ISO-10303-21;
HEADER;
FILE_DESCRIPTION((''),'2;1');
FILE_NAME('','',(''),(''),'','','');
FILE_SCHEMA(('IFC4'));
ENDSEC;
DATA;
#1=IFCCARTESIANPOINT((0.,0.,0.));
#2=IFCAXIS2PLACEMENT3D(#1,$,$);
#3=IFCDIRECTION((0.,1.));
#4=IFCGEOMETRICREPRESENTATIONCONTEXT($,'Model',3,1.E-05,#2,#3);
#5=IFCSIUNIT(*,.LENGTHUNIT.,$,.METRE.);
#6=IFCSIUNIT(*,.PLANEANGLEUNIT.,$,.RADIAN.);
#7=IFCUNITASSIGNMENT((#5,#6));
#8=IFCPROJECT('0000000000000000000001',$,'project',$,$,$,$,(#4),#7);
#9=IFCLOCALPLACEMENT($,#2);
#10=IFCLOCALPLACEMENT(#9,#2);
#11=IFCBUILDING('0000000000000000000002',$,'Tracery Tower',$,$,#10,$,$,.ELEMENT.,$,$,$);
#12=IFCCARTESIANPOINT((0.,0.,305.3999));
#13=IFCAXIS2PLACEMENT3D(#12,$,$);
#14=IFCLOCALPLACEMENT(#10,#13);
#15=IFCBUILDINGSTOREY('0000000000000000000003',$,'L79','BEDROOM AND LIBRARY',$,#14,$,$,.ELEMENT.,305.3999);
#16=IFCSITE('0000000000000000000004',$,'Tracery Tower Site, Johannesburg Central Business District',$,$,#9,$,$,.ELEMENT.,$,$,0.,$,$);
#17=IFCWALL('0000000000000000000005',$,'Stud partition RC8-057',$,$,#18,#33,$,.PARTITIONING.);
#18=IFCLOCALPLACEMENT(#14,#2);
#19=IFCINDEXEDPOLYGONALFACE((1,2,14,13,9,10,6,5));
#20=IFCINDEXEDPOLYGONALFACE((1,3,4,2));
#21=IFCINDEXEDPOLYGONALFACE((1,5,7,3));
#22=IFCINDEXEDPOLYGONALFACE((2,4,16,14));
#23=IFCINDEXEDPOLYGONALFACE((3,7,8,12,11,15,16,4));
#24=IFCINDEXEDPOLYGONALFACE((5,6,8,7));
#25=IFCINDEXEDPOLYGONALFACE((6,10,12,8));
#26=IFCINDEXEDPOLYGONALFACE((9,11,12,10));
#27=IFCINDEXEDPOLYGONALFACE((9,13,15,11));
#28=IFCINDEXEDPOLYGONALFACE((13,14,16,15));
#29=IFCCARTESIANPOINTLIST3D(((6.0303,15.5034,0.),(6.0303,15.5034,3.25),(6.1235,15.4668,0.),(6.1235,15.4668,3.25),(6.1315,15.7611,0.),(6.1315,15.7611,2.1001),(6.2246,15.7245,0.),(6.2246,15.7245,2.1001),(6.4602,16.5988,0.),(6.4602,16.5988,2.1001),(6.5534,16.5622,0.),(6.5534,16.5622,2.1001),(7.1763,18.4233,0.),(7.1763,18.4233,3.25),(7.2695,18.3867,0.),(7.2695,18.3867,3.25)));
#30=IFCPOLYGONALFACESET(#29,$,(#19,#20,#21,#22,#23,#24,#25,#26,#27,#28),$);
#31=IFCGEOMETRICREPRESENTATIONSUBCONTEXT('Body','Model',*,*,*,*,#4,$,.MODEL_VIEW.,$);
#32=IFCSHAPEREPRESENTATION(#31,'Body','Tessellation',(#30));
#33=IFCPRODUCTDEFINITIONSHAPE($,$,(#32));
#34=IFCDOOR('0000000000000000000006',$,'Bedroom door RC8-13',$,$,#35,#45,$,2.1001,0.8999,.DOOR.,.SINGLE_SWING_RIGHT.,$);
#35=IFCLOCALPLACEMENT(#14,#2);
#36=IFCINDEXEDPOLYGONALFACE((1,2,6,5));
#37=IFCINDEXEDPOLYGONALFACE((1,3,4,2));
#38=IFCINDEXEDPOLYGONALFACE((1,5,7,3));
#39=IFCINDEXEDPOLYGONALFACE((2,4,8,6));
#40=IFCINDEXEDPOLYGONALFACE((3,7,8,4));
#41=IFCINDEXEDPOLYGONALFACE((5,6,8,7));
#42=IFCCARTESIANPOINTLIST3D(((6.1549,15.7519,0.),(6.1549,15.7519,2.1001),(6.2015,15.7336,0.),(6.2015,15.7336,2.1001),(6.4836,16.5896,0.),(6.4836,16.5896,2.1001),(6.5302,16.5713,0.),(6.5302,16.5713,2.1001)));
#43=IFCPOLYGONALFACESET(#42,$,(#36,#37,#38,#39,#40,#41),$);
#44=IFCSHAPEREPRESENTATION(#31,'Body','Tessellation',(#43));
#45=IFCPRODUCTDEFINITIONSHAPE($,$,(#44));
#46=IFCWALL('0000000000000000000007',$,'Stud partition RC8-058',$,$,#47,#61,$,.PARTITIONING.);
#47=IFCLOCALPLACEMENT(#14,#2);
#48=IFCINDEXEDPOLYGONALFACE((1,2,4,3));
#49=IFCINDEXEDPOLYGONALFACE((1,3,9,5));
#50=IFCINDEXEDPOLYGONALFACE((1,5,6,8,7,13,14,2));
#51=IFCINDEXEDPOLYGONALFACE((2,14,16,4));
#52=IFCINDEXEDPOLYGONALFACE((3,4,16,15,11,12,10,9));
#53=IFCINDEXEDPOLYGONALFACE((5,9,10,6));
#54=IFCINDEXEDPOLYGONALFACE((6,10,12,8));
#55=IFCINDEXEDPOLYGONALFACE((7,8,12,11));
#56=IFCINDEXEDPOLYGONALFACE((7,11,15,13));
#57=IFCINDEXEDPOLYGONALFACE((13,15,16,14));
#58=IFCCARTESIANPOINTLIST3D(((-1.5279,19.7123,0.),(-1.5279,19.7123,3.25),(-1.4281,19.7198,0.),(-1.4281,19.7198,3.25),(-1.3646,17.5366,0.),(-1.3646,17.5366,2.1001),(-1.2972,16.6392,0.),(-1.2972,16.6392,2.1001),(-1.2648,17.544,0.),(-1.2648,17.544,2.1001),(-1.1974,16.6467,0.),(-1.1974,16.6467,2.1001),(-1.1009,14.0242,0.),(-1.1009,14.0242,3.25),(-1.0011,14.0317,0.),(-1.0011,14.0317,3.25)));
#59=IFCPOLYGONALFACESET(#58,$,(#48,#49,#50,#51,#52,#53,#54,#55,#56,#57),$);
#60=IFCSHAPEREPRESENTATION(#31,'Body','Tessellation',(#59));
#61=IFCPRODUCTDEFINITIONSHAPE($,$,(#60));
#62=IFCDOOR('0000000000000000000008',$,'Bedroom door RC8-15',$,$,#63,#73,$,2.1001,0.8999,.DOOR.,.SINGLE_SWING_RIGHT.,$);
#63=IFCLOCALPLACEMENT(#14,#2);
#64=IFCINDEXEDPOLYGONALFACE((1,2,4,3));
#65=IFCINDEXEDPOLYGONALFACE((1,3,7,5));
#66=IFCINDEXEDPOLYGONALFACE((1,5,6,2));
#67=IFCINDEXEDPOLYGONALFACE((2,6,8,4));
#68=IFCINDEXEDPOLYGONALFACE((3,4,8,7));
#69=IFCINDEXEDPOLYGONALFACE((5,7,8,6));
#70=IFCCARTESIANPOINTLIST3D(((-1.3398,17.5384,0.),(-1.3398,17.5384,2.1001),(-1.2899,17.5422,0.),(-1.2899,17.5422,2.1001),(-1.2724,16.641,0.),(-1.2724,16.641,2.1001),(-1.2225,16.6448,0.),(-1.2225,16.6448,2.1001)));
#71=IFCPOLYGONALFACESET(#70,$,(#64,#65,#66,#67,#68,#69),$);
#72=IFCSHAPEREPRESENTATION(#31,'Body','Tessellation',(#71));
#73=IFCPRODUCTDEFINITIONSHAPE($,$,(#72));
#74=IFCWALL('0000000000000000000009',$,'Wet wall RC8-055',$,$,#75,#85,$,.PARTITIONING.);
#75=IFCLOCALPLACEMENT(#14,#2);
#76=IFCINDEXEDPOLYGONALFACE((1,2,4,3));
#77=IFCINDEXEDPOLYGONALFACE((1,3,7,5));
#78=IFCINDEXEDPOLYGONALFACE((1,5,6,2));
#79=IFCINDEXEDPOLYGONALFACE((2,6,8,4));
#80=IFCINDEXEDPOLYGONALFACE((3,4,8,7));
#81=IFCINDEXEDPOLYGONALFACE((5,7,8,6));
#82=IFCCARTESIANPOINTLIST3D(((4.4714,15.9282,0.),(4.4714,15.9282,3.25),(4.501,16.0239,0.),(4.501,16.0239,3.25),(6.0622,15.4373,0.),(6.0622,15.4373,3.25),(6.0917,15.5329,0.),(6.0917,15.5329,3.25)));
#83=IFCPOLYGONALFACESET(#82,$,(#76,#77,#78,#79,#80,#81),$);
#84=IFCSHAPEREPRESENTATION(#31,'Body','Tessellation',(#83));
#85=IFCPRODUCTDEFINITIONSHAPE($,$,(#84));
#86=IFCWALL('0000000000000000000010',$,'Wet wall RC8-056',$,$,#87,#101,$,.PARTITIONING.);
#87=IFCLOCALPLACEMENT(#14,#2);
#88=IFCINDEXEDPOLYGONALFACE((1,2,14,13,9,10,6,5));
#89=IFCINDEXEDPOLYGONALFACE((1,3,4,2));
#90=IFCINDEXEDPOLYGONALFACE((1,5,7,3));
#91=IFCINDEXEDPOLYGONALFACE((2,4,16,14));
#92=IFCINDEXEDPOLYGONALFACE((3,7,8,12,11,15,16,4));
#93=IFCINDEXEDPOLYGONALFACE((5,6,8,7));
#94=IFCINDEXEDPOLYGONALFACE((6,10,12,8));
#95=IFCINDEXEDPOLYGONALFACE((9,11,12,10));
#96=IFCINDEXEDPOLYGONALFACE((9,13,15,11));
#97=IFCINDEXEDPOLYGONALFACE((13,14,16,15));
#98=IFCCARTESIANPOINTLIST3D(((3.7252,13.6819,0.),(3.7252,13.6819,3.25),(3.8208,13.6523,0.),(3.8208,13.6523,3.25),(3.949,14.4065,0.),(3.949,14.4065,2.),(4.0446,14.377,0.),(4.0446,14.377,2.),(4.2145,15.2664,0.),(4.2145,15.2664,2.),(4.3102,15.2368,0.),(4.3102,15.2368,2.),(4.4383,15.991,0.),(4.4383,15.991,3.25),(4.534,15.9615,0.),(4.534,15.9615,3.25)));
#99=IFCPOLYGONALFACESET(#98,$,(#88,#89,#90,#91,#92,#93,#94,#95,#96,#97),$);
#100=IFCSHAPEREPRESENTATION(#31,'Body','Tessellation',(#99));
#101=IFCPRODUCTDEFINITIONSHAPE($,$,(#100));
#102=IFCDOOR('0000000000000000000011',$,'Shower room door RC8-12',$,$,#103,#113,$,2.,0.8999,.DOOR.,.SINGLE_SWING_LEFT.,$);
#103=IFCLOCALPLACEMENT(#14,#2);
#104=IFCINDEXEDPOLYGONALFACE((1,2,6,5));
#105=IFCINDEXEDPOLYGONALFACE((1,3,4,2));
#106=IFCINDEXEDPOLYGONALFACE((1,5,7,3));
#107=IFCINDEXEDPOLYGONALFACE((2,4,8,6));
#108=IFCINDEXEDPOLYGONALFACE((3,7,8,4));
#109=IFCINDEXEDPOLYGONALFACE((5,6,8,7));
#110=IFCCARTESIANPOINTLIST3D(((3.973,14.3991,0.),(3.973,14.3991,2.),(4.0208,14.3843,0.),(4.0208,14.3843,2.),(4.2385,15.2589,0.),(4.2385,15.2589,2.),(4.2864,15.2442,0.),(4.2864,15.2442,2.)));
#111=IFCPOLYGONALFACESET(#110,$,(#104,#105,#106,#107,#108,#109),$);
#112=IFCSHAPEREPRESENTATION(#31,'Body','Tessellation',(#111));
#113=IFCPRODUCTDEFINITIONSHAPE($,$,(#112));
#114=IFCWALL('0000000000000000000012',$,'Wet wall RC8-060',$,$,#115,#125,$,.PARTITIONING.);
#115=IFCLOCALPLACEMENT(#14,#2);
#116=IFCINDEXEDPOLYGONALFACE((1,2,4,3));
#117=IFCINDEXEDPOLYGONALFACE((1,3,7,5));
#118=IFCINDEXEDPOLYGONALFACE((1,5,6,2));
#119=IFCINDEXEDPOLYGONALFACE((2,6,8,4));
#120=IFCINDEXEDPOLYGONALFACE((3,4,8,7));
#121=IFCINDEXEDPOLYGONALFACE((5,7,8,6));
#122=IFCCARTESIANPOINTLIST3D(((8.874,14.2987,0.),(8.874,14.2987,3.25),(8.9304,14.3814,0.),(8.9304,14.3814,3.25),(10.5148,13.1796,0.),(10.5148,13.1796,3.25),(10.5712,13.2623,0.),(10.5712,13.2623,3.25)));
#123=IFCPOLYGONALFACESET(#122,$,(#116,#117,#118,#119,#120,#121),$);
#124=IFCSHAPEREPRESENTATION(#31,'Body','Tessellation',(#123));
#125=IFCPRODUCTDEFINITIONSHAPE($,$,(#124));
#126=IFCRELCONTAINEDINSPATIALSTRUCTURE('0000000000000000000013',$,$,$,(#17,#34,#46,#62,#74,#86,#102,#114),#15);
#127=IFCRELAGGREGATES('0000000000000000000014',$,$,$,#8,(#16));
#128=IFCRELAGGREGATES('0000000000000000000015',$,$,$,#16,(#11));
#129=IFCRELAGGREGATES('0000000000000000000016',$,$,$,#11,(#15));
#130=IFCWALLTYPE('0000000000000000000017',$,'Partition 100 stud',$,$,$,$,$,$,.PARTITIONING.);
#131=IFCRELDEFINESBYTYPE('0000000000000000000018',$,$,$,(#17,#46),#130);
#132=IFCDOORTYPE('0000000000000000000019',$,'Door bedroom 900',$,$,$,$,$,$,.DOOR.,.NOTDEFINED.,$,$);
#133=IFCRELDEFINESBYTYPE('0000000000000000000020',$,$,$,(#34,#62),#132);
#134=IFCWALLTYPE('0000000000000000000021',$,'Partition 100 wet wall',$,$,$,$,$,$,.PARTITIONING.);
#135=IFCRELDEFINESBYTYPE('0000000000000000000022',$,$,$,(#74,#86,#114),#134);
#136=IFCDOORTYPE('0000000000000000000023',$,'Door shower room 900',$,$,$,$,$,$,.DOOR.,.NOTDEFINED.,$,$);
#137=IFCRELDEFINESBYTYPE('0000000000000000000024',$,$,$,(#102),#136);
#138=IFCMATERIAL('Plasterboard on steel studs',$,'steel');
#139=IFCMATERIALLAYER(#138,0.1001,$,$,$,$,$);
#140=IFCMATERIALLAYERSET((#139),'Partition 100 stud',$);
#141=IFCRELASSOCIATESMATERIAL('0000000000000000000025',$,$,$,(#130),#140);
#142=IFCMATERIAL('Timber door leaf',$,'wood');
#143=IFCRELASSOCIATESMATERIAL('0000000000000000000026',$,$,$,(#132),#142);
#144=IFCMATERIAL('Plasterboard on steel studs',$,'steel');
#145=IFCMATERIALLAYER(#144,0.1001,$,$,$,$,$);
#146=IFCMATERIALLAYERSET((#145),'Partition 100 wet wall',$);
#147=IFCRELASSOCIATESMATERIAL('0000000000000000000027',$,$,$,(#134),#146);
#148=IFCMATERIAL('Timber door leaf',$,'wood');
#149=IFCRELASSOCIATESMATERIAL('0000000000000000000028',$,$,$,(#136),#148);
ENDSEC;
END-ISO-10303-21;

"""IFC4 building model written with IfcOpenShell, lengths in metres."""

from ifc_helpers import new_model, si_unit, direction, frame, frame_2d, origin, place, context, subcontext, project, spatial, rectangle, extrude, material, layer, layer_set, type_object, element, fill, save


model = new_model("IFC4")

# Units and contexts
model_context = context("Model", 3, precision=1e-05, world=origin(), true_north=direction((0.0, 1.0)))
body_context = subcontext(model_context, "Body", "Model", "MODEL_VIEW")
ifc_project = project(units=[si_unit("LENGTHUNIT", "METRE"), si_unit("PLANEANGLEUNIT", "RADIAN")], contexts=[model_context])

# Site, building, storey
site_placement = place(None, origin())
site = spatial("IfcSite", under=ifc_project, at=site_placement, Name="Tracery Tower Site, Johannesburg Central Business District", CompositionType="ELEMENT", RefElevation=0.0)
building_placement = place(site_placement, origin())
building = spatial("IfcBuilding", under=site, at=building_placement, Name="Tracery Tower", CompositionType="ELEMENT")
storey_placement = place(building_placement, frame((0.0, 0.0, 305.3999)))
storey = spatial("IfcBuildingStorey", under=building, at=storey_placement, Name="L79", Description="BEDROOM AND LIBRARY", CompositionType="ELEMENT", Elevation=305.3999)

# Walls, openings, doors
ifc_material_1 = material(Name="Plasterboard on steel studs", Category="steel")
ifc_layer_1 = layer(ifc_material_1, 0.1001)
ifc_layer_set_1 = layer_set([ifc_layer_1], Name="Partition 100 stud")
wall_type_1 = type_object("IfcWallType", Name="Partition 100 stud", PredefinedType="PARTITIONING", material=ifc_layer_set_1)
wall_1_placement = place(storey_placement, frame((6.0769, 15.4851, 0.0), z_axis=(0.0, 0.0, 1.0), x_axis=(0.365344, 0.930873, 0.0)))
wall_1 = element("IfcWall", 1, at=wall_1_placement, inside=storey, type_object=wall_type_1, Name="Stud partition RC8-057", PredefinedType="PARTITIONING", context=body_context, shape_type="SweptSolid", body=[
    extrude(rectangle(XDim=3.1367, YDim=0.1001, at=frame_2d((1.5684, 0.0))), origin(), (0.0, 0.0, 1.0), 3.25),
])
opening_1_placement = place(wall_1_placement, frame((0.2769, 0.0, 0.0)))
opening_1 = element("IfcOpeningElement", 2, at=opening_1_placement, cuts=wall_1, PredefinedType="OPENING", context=body_context, shape_type="SweptSolid", body=[
    extrude(rectangle(XDim=0.8999, YDim=2.1001, at=frame_2d((0.45, 1.05))), frame((0.0, 0.05, 0.0), z_axis=(0.0, -1.0, 0.0), x_axis=(1.0, 0.0, 0.0)), (0.0, 0.0, 1.0), 0.1001),
])
ifc_material_2 = material(Name="Timber door leaf", Category="wood")
door_type_1 = type_object("IfcDoorType", Name="Door bedroom 900", OperationType="NOTDEFINED", PredefinedType="DOOR", material=ifc_material_2)
door_1_placement = place(opening_1_placement, origin())
door_1 = element("IfcDoor", 3, at=door_1_placement, inside=storey, type_object=door_type_1, Name="Bedroom door RC8-13", OperationType="SINGLE_SWING_RIGHT", OverallHeight=2.1001, OverallWidth=0.8999, PredefinedType="DOOR", context=body_context, shape_type="SweptSolid", body=[
    extrude(rectangle(XDim=0.8999, YDim=2.1001, at=frame_2d((0.45, 1.05))), frame((0.0, 0.0249, 0.0), z_axis=(0.0, -1.0, 0.0), x_axis=(1.0, 0.0, 0.0)), (0.0, 0.0, 1.0), 0.05),
])
fill(opening_1, door_1)
wall_2_placement = place(storey_placement, frame((-1.478, 19.7161, 0.0), z_axis=(0.0, 0.0, 1.0), x_axis=(0.07486, -0.997194, 0.0)))
wall_2 = element("IfcWall", 4, at=wall_2_placement, inside=storey, type_object=wall_type_1, Name="Stud partition RC8-058", PredefinedType="PARTITIONING", context=body_context, shape_type="SweptSolid", body=[
    extrude(rectangle(XDim=5.7041, YDim=0.1001, at=frame_2d((2.8521, 0.0))), origin(), (0.0, 0.0, 1.0), 3.25),
])
opening_2_placement = place(wall_2_placement, frame((2.1819, 0.0, 0.0)))
opening_2 = element("IfcOpeningElement", 5, at=opening_2_placement, cuts=wall_2, PredefinedType="OPENING", context=body_context, shape_type="SweptSolid", body=[
    extrude(rectangle(XDim=0.8999, YDim=2.1001, at=frame_2d((0.45, 1.05))), frame((0.0, 0.05, 0.0), z_axis=(0.0, -1.0, 0.0), x_axis=(1.0, 0.0, 0.0)), (0.0, 0.0, 1.0), 0.1001),
])
door_2_placement = place(opening_2_placement, origin())
door_2 = element("IfcDoor", 6, at=door_2_placement, inside=storey, type_object=door_type_1, Name="Bedroom door RC8-15", OperationType="SINGLE_SWING_RIGHT", OverallHeight=2.1001, OverallWidth=0.8999, PredefinedType="DOOR", context=body_context, shape_type="SweptSolid", body=[
    extrude(rectangle(XDim=0.8999, YDim=2.1001, at=frame_2d((0.45, 1.05))), frame((0.0, 0.0249, 0.0), z_axis=(0.0, -1.0, 0.0), x_axis=(1.0, 0.0, 0.0)), (0.0, 0.0, 1.0), 0.05),
])
fill(opening_2, door_2)

# Wall
ifc_material_3 = material(Name="Plasterboard on steel studs", Category="steel")
ifc_layer_2 = layer(ifc_material_3, 0.1001)
ifc_layer_set_2 = layer_set([ifc_layer_2], Name="Partition 100 wet wall")
wall_type_2 = type_object("IfcWallType", Name="Partition 100 wet wall", PredefinedType="PARTITIONING", material=ifc_layer_set_2)
wall_3_placement = place(storey_placement, frame((4.4861, 15.9761, 0.0), z_axis=(0.0, 0.0, 1.0), x_axis=(0.955528, -0.2949, 0.0)))
element("IfcWall", 7, at=wall_3_placement, inside=storey, type_object=wall_type_2, Name="Wet wall RC8-055", PredefinedType="PARTITIONING", context=body_context, shape_type="SweptSolid", body=[
    extrude(rectangle(XDim=1.6648, YDim=0.1001, at=frame_2d((0.8325, 0.0))), origin(), (0.0, 0.0, 1.0), 3.25),
])

# Wall, opening, door
wall_4_placement = place(storey_placement, frame((3.7729, 13.667, 0.0), z_axis=(0.0, 0.0, 1.0), x_axis=(0.295087, 0.955471, 0.0)))
wall_4 = element("IfcWall", 8, at=wall_4_placement, inside=storey, type_object=wall_type_2, Name="Wet wall RC8-056", PredefinedType="PARTITIONING", context=body_context, shape_type="SweptSolid", body=[
    extrude(rectangle(XDim=2.4167, YDim=0.1001, at=frame_2d((1.2085, 0.0))), origin(), (0.0, 0.0, 1.0), 3.25),
])
opening_3_placement = place(wall_4_placement, frame((0.7585, 0.0, 0.0)))
opening_3 = element("IfcOpeningElement", 9, at=opening_3_placement, cuts=wall_4, PredefinedType="OPENING", context=body_context, shape_type="SweptSolid", body=[
    extrude(rectangle(XDim=0.8999, YDim=2.0, at=frame_2d((0.45, 1.0))), frame((0.0, 0.05, 0.0), z_axis=(0.0, -1.0, 0.0), x_axis=(1.0, 0.0, 0.0)), (0.0, 0.0, 1.0), 0.1001),
])
ifc_material_4 = material(Name="Timber door leaf", Category="wood")
door_type_2 = type_object("IfcDoorType", Name="Door shower room 900", OperationType="NOTDEFINED", PredefinedType="DOOR", material=ifc_material_4)
door_3_placement = place(opening_3_placement, origin())
door_3 = element("IfcDoor", 10, at=door_3_placement, inside=storey, type_object=door_type_2, Name="Shower room door RC8-12", OperationType="SINGLE_SWING_LEFT", OverallHeight=2.0, OverallWidth=0.8999, PredefinedType="DOOR", context=body_context, shape_type="SweptSolid", body=[
    extrude(rectangle(XDim=0.8999, YDim=2.0, at=frame_2d((0.45, 1.0))), frame((0.0, 0.0249, 0.0), z_axis=(0.0, -1.0, 0.0), x_axis=(1.0, 0.0, 0.0)), (0.0, 0.0, 1.0), 0.05),
])
fill(opening_3, door_3)

# Wall
wall_5_placement = place(storey_placement, frame((8.9021, 14.3401, 0.0), z_axis=(0.0, 0.0, 1.0), x_axis=(0.826142, -0.563463, 0.0)))
element("IfcWall", 11, at=wall_5_placement, inside=storey, type_object=wall_type_2, Name="Wet wall RC8-060", PredefinedType="PARTITIONING", context=body_context, shape_type="SweptSolid", body=[
    extrude(rectangle(XDim=1.9861, YDim=0.1001, at=frame_2d((0.9932, 0.0))), origin(), (0.0, 0.0, 1.0), 3.25),
])

save(model, "model.ifc")
